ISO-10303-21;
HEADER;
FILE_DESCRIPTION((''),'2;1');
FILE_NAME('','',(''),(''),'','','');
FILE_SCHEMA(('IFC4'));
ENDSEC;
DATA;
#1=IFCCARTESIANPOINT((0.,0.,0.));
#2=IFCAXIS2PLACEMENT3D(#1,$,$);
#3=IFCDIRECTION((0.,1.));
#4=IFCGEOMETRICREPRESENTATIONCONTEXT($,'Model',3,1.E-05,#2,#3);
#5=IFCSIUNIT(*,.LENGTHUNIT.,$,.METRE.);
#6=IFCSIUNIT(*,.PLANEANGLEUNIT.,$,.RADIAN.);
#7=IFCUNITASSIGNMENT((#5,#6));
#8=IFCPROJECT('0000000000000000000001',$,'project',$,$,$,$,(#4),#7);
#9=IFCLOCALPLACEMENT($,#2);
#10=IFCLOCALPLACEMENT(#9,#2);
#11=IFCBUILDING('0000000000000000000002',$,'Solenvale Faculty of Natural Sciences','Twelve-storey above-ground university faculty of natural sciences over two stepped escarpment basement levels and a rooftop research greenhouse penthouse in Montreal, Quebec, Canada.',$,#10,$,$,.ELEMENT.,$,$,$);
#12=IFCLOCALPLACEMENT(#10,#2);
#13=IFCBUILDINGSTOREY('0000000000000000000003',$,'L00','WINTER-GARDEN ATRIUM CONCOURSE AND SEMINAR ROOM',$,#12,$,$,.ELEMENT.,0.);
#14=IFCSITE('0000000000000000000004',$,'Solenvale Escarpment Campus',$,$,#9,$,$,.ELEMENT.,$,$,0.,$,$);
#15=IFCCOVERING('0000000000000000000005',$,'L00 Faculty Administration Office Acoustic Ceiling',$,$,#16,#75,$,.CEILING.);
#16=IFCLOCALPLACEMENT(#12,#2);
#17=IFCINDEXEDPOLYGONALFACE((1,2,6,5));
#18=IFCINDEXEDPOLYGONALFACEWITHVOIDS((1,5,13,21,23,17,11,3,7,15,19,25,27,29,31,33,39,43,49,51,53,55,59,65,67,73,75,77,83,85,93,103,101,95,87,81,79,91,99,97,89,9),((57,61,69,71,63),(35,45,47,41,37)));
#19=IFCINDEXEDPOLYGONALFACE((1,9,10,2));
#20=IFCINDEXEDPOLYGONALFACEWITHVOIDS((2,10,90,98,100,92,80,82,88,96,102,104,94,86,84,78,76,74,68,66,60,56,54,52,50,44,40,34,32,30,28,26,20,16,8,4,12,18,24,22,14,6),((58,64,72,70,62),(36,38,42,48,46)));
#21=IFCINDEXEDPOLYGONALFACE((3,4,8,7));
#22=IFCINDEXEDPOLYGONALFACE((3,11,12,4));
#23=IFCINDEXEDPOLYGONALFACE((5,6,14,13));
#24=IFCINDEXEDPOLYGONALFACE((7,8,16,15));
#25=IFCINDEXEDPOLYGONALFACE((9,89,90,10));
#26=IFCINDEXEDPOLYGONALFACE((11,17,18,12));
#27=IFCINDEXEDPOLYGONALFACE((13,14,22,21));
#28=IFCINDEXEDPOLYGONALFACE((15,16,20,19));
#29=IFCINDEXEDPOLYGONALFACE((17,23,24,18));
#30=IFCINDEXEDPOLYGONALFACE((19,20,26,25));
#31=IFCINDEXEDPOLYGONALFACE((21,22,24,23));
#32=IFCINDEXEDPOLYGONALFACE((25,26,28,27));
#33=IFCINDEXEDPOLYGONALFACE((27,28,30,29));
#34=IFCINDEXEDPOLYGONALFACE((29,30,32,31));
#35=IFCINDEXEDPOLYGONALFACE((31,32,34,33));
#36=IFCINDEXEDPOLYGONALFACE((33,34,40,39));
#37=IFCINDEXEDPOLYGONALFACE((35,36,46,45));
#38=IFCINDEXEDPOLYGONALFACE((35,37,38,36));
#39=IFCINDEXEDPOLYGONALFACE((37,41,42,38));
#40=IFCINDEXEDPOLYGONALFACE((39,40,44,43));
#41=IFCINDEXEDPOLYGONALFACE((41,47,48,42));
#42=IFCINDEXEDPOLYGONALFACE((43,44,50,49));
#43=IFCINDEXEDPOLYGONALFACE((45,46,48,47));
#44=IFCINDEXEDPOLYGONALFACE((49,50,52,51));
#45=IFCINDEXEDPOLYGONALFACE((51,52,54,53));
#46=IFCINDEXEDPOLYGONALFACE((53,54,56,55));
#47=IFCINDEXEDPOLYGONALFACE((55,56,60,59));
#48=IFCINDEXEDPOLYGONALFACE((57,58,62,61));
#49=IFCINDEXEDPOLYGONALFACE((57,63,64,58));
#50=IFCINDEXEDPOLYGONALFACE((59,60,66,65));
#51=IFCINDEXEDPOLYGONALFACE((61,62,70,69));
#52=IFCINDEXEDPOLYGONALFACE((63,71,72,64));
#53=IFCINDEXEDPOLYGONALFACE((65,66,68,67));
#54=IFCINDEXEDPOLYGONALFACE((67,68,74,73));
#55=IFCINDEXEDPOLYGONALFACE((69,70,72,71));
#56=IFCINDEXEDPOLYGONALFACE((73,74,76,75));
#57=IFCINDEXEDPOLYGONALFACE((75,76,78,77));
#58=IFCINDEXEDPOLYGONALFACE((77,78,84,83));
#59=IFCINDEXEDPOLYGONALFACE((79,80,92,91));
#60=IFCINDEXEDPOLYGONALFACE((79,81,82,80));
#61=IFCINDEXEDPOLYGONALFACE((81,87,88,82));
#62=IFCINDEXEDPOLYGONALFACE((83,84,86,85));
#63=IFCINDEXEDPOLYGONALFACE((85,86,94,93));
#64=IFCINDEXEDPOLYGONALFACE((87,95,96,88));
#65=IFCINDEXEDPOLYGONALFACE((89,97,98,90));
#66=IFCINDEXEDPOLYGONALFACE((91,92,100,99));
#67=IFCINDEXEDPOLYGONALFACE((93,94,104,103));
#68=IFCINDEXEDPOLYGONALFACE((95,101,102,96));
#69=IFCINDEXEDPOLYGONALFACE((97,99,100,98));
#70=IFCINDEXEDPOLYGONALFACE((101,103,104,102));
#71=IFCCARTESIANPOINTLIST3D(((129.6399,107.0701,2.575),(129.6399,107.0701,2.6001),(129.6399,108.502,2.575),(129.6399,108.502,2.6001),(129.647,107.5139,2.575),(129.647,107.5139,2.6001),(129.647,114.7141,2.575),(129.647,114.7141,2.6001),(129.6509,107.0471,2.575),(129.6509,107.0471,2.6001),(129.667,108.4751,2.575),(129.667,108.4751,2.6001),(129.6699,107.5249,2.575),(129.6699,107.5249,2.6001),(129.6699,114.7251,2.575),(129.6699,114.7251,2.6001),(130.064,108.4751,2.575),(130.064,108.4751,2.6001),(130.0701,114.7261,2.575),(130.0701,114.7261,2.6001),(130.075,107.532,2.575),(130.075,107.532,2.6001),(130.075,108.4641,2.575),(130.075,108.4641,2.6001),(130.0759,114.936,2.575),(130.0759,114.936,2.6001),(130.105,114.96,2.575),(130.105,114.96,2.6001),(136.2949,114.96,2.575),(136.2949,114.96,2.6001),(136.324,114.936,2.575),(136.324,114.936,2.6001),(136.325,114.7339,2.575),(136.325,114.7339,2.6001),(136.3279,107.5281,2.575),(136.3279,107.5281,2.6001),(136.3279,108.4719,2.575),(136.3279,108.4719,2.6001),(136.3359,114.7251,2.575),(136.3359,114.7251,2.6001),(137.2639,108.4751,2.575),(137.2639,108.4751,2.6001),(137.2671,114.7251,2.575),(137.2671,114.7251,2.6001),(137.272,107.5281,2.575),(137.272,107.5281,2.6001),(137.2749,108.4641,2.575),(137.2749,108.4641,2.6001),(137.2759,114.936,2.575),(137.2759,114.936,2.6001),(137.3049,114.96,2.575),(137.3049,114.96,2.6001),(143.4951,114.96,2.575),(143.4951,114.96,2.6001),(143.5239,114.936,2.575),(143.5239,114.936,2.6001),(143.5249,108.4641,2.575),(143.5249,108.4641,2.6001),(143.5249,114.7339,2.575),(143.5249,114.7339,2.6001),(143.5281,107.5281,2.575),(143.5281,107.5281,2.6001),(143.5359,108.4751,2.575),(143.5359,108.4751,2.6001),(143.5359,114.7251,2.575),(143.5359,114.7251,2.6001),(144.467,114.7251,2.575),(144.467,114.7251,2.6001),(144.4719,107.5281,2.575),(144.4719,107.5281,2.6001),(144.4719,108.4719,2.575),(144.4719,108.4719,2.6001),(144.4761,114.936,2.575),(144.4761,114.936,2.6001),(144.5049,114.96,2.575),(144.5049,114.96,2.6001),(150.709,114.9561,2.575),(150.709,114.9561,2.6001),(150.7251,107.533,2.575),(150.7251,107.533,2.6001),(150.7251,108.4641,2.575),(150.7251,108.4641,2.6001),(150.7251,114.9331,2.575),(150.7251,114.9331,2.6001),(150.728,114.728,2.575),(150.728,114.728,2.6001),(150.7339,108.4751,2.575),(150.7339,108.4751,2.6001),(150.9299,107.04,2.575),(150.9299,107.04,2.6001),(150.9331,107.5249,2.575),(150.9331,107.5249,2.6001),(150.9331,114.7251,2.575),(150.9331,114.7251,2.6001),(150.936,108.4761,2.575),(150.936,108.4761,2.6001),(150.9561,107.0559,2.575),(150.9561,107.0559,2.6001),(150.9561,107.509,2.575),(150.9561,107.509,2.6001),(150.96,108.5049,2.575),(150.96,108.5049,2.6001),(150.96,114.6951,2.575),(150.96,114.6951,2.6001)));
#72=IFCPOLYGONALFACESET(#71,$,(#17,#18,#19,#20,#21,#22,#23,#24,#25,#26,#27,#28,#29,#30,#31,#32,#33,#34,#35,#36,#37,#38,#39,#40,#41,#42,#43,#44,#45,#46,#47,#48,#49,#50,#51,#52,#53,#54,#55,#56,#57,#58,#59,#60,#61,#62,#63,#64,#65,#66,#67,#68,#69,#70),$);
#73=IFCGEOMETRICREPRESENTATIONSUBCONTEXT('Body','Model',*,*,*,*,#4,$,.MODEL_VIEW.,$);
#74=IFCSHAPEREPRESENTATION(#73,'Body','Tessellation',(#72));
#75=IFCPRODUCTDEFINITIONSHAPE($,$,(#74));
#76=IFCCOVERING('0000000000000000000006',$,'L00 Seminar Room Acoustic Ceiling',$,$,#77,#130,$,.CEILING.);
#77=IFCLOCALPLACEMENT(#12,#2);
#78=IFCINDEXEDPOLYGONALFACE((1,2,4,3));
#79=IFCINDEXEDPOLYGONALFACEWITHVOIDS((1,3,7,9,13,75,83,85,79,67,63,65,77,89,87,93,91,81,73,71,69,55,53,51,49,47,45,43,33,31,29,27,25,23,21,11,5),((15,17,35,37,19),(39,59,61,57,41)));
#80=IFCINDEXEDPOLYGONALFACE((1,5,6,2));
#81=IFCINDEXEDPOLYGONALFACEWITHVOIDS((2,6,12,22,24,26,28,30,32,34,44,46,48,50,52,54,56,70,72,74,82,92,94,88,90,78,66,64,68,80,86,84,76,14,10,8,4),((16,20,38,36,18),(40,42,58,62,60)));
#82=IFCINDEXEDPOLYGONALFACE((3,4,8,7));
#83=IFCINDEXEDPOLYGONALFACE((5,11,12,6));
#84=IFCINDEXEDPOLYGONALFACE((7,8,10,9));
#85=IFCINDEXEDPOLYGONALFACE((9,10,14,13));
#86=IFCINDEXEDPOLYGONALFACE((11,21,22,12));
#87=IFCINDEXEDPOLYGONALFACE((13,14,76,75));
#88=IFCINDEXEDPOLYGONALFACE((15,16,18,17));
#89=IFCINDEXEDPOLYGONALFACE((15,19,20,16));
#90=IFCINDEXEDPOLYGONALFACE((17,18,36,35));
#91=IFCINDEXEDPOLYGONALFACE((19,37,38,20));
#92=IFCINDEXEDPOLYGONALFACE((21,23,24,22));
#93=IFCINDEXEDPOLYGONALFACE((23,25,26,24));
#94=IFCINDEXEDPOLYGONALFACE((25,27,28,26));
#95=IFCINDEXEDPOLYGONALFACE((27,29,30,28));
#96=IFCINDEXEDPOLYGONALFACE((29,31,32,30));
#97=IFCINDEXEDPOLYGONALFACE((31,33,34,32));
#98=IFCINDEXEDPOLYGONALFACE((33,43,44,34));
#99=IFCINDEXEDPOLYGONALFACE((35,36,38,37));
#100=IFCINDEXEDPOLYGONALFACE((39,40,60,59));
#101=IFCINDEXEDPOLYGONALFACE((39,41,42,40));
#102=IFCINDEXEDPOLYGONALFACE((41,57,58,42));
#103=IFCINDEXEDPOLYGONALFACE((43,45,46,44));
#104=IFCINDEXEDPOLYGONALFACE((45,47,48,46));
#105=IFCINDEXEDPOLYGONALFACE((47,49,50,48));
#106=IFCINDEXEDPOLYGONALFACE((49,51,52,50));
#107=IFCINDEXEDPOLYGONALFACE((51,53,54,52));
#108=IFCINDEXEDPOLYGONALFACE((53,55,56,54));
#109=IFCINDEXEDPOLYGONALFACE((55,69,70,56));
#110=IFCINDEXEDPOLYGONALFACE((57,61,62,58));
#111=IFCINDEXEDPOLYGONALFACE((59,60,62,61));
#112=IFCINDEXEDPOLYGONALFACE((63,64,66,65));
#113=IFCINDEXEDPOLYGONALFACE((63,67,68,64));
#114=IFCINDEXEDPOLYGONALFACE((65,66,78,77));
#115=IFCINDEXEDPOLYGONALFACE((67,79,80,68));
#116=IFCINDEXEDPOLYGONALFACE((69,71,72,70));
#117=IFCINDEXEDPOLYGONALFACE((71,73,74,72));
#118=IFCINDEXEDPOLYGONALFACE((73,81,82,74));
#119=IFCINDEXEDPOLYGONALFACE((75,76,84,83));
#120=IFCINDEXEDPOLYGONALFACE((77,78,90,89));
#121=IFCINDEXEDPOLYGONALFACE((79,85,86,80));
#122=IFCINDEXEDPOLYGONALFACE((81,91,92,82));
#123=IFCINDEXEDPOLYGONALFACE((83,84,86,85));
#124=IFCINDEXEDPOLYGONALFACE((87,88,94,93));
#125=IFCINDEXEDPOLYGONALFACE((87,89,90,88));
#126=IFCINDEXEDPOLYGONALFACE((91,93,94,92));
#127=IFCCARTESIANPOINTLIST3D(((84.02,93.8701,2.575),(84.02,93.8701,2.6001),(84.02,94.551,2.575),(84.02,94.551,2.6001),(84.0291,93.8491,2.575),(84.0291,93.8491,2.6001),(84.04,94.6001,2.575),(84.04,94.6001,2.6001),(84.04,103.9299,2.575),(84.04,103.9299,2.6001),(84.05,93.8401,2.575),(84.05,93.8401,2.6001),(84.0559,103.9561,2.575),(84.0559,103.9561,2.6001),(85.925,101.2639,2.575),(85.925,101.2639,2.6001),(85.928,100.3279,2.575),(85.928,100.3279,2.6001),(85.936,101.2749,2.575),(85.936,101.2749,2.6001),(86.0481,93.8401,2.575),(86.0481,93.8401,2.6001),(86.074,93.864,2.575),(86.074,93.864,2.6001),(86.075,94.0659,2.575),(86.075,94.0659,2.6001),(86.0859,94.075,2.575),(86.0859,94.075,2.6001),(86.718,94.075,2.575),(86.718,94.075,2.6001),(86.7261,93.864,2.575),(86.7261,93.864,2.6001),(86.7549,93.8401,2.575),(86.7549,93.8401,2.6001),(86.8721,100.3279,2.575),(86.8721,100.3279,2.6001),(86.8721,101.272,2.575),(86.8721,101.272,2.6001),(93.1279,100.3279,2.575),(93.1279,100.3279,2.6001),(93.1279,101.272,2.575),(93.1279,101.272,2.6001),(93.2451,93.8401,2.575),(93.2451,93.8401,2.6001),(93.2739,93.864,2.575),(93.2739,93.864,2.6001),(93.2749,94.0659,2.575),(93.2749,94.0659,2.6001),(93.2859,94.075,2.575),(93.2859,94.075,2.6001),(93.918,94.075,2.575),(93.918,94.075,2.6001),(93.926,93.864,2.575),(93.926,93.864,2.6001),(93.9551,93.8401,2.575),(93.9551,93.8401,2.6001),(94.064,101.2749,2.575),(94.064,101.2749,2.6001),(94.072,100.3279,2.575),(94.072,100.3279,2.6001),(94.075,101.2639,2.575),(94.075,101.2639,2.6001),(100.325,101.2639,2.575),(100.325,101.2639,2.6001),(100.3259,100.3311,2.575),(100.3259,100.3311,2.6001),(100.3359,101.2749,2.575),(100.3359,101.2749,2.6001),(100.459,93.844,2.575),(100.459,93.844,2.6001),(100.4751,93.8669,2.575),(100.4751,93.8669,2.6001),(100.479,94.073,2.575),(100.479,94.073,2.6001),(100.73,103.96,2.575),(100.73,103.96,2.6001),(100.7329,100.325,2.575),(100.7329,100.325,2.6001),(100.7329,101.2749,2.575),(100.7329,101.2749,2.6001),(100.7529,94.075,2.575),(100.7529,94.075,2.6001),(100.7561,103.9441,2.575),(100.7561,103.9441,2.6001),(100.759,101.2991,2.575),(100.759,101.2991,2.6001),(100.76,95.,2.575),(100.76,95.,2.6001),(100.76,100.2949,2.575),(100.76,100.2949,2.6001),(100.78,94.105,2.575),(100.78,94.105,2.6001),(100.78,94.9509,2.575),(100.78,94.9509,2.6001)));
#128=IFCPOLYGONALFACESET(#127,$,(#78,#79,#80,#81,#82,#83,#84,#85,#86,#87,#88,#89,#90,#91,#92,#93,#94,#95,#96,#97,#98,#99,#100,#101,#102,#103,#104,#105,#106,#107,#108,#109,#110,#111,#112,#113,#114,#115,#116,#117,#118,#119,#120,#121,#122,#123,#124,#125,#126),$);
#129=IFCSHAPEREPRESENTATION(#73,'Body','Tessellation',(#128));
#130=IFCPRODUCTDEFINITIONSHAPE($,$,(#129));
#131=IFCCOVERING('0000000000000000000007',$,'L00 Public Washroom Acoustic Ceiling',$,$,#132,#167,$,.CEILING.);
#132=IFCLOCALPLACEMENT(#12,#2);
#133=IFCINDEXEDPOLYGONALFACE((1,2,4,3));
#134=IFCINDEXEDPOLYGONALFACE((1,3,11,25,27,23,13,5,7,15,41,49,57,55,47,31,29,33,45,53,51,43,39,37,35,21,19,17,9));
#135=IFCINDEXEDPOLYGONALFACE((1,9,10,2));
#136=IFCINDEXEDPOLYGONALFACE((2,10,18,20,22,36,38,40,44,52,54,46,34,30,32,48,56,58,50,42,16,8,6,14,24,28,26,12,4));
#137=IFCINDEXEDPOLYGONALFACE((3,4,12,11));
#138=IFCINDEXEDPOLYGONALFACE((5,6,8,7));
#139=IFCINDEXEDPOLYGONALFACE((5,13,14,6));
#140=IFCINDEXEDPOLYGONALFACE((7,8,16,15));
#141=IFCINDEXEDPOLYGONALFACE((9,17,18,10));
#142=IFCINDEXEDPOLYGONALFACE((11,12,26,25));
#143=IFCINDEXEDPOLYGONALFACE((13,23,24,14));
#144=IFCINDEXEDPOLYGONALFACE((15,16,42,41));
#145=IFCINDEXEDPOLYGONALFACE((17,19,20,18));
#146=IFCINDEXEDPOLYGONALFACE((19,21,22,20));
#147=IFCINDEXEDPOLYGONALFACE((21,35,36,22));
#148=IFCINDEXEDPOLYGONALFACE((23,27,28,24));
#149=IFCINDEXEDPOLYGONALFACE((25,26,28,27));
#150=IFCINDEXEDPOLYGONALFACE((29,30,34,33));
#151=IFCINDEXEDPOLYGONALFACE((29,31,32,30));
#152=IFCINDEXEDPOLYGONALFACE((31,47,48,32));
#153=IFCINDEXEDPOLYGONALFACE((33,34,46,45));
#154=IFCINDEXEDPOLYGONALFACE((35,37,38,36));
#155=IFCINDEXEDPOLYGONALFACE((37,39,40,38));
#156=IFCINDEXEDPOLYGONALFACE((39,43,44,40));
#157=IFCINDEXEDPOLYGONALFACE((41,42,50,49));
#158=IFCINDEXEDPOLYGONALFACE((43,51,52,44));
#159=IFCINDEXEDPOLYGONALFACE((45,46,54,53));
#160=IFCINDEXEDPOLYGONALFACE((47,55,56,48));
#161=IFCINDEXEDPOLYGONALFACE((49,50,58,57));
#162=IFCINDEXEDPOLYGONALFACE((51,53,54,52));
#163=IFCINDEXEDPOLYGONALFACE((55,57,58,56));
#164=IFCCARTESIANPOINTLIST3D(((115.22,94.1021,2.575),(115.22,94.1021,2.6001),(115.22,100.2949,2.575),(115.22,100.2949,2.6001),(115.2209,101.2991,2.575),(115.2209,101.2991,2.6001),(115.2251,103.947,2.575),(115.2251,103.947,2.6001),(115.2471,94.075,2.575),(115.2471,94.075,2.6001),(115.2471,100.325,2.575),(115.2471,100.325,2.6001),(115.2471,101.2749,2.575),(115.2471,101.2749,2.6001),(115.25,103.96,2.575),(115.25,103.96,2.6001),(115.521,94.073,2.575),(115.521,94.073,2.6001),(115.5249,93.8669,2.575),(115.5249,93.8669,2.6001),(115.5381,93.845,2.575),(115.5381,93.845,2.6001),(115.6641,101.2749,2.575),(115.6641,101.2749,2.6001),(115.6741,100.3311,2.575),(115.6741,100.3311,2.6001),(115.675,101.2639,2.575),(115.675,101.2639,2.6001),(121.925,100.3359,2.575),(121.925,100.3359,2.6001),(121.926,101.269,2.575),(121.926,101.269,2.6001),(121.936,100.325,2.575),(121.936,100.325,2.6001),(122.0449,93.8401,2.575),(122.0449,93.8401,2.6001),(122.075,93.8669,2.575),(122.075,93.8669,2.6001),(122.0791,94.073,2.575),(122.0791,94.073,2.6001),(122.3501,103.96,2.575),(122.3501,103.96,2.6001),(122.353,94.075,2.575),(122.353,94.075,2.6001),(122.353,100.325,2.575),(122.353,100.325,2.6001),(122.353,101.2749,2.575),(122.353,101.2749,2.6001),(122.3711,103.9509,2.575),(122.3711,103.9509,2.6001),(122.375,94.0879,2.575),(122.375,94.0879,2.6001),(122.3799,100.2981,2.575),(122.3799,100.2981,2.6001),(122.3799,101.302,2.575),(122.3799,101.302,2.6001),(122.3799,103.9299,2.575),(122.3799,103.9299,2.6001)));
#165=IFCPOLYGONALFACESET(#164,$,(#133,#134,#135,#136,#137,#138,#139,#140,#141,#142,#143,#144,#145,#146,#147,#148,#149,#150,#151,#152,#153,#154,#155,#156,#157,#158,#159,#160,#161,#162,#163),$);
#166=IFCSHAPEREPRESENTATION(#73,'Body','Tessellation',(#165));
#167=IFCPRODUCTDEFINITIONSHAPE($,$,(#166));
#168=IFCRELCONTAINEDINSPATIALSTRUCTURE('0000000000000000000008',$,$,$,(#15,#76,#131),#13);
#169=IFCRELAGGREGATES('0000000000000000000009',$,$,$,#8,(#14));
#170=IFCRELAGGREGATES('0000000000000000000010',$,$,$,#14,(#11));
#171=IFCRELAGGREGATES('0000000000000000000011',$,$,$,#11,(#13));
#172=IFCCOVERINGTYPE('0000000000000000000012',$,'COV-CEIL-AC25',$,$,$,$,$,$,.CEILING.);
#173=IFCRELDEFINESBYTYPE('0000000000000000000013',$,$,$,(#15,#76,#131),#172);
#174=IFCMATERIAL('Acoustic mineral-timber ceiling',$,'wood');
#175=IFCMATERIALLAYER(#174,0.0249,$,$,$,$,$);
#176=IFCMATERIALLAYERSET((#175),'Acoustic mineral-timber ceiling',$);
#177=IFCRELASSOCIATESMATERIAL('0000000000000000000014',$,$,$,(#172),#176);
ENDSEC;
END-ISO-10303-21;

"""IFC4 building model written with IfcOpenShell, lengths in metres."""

from ifc_helpers import new_model, si_unit, direction, frame, origin, place, context, subcontext, project, spatial, polyline, outline, extrude, material, layer, layer_set, type_object, element, save


model = new_model("IFC4")

# Units and contexts
model_context = context("Model", 3, precision=1e-05, world=origin(), true_north=direction((0.0, 1.0)))
body_context = subcontext(model_context, "Body", "Model", "MODEL_VIEW")
ifc_project = project(units=[si_unit("LENGTHUNIT", "METRE"), si_unit("PLANEANGLEUNIT", "RADIAN")], contexts=[model_context])

# Site, building, storey
site_placement = place(None, origin())
site = spatial("IfcSite", under=ifc_project, at=site_placement, Name="Solenvale Escarpment Campus", CompositionType="ELEMENT", RefElevation=0.0)
building_placement = place(site_placement, origin())
building = spatial("IfcBuilding", under=site, at=building_placement, Name="Solenvale Faculty of Natural Sciences", Description="Twelve-storey above-ground university faculty of natural sciences over two stepped escarpment basement levels and a rooftop research greenhouse penthouse in Montreal, Quebec, Canada.", CompositionType="ELEMENT")
storey_placement = place(building_placement, origin())
storey = spatial("IfcBuildingStorey", under=building, at=storey_placement, Name="L00", Description="WINTER-GARDEN ATRIUM CONCOURSE AND SEMINAR ROOM", CompositionType="ELEMENT", Elevation=0.0)

# Coverings
ifc_material_1 = material(Name="Acoustic mineral-timber ceiling", Category="wood")
ifc_layer_1 = layer(ifc_material_1, 0.0249)
ifc_layer_set_1 = layer_set([ifc_layer_1], Name="Acoustic mineral-timber ceiling")
covering_type_1 = type_object("IfcCoveringType", Name="COV-CEIL-AC25", PredefinedType="CEILING", material=ifc_layer_set_1)
covering_1_placement = place(storey_placement, frame((0.0, 0.0, 2.575)))
element("IfcCovering", 1, at=covering_1_placement, inside=storey, type_object=covering_type_1, Name="L00 Faculty Administration Office Acoustic Ceiling", PredefinedType="CEILING", context=body_context, shape_type="SweptSolid", body=[
    extrude(outline(polyline([(136.2949, 114.96), (136.324, 114.936), (136.325, 114.7339), (136.3359, 114.7251), (137.2671, 114.7251), (137.2759, 114.936), (137.3049, 114.96), (143.4951, 114.96), (143.5239, 114.936), (143.5249, 114.7339), (143.5359, 114.7251), (144.467, 114.7251), (144.4761, 114.936), (144.5049, 114.96), (150.709, 114.9561), (150.7251, 114.9331), (150.728, 114.728), (150.9331, 114.7251), (150.96, 114.6951), (150.96, 108.5049), (150.936, 108.4761), (150.7339, 108.4751), (150.7251, 108.4641), (150.7251, 107.533), (150.9331, 107.5249), (150.9561, 107.509), (150.9561, 107.0559), (150.9299, 107.04), (129.6509, 107.0471), (129.6399, 107.0701), (129.647, 107.5139), (129.6699, 107.5249), (130.075, 107.532), (130.075, 108.4641), (130.064, 108.4751), (129.667, 108.4751), (129.6399, 108.502), (129.647, 114.7141), (129.6699, 114.7251), (130.0701, 114.7261), (130.0759, 114.936), (130.105, 114.96), (136.2949, 114.96)]), holes=[polyline([(143.5359, 108.4751), (143.5249, 108.4641), (143.5281, 107.5281), (144.4719, 107.5281), (144.4719, 108.4719), (143.5359, 108.4751)]), polyline([(137.2749, 108.4641), (137.2639, 108.4751), (136.3279, 108.4719), (136.3279, 107.5281), (137.272, 107.5281), (137.2749, 108.4641)])]), origin(), (0.0, 0.0, 1.0), 0.0251),
])
covering_2_placement = place(storey_placement, frame((0.0, 0.0, 2.575)))
element("IfcCovering", 2, at=covering_2_placement, inside=storey, type_object=covering_type_1, Name="L00 Seminar Room Acoustic Ceiling", PredefinedType="CEILING", context=body_context, shape_type="SweptSolid", body=[
    extrude(outline(polyline([(84.02, 94.551), (84.04, 94.6001), (84.04, 103.9299), (84.0559, 103.9561), (100.73, 103.96), (100.7561, 103.9441), (100.759, 101.2991), (100.7329, 101.2749), (100.3359, 101.2749), (100.325, 101.2639), (100.3259, 100.3311), (100.7329, 100.325), (100.76, 100.2949), (100.76, 95.0), (100.78, 94.9509), (100.78, 94.105), (100.7529, 94.075), (100.479, 94.073), (100.4751, 93.8669), (100.459, 93.844), (93.9551, 93.8401), (93.926, 93.864), (93.918, 94.075), (93.2859, 94.075), (93.2749, 94.0659), (93.2739, 93.864), (93.2451, 93.8401), (86.7549, 93.8401), (86.7261, 93.864), (86.718, 94.075), (86.0859, 94.075), (86.075, 94.0659), (86.074, 93.864), (86.0481, 93.8401), (84.05, 93.8401), (84.0291, 93.8491), (84.02, 93.8701), (84.02, 94.551)]), holes=[polyline([(94.075, 101.2639), (94.064, 101.2749), (93.1279, 101.272), (93.1279, 100.3279), (94.072, 100.3279), (94.075, 101.2639)]), polyline([(85.936, 101.2749), (85.925, 101.2639), (85.928, 100.3279), (86.8721, 100.3279), (86.8721, 101.272), (85.936, 101.2749)])]), origin(), (0.0, 0.0, 1.0), 0.0251),
])
covering_3_placement = place(storey_placement, frame((0.0, 0.0, 2.575)))
element("IfcCovering", 3, at=covering_3_placement, inside=storey, type_object=covering_type_1, Name="L00 Public Washroom Acoustic Ceiling", PredefinedType="CEILING", context=body_context, shape_type="SweptSolid", body=[
    extrude(outline(polyline([(122.3501, 103.96), (122.3711, 103.9509), (122.3799, 103.9299), (122.3799, 101.302), (122.353, 101.2749), (121.926, 101.269), (121.925, 100.3359), (121.936, 100.325), (122.353, 100.325), (122.3799, 100.2981), (122.375, 94.0879), (122.353, 94.075), (122.0791, 94.073), (122.075, 93.8669), (122.0449, 93.8401), (115.5381, 93.845), (115.5249, 93.8669), (115.521, 94.073), (115.2471, 94.075), (115.22, 94.1021), (115.22, 100.2949), (115.2471, 100.325), (115.6741, 100.3311), (115.675, 101.2639), (115.6641, 101.2749), (115.2471, 101.2749), (115.2209, 101.2991), (115.2251, 103.947), (115.25, 103.96), (122.3501, 103.96)])), origin(), (0.0, 0.0, 1.0), 0.0251),
])

save(model, "model.ifc")
